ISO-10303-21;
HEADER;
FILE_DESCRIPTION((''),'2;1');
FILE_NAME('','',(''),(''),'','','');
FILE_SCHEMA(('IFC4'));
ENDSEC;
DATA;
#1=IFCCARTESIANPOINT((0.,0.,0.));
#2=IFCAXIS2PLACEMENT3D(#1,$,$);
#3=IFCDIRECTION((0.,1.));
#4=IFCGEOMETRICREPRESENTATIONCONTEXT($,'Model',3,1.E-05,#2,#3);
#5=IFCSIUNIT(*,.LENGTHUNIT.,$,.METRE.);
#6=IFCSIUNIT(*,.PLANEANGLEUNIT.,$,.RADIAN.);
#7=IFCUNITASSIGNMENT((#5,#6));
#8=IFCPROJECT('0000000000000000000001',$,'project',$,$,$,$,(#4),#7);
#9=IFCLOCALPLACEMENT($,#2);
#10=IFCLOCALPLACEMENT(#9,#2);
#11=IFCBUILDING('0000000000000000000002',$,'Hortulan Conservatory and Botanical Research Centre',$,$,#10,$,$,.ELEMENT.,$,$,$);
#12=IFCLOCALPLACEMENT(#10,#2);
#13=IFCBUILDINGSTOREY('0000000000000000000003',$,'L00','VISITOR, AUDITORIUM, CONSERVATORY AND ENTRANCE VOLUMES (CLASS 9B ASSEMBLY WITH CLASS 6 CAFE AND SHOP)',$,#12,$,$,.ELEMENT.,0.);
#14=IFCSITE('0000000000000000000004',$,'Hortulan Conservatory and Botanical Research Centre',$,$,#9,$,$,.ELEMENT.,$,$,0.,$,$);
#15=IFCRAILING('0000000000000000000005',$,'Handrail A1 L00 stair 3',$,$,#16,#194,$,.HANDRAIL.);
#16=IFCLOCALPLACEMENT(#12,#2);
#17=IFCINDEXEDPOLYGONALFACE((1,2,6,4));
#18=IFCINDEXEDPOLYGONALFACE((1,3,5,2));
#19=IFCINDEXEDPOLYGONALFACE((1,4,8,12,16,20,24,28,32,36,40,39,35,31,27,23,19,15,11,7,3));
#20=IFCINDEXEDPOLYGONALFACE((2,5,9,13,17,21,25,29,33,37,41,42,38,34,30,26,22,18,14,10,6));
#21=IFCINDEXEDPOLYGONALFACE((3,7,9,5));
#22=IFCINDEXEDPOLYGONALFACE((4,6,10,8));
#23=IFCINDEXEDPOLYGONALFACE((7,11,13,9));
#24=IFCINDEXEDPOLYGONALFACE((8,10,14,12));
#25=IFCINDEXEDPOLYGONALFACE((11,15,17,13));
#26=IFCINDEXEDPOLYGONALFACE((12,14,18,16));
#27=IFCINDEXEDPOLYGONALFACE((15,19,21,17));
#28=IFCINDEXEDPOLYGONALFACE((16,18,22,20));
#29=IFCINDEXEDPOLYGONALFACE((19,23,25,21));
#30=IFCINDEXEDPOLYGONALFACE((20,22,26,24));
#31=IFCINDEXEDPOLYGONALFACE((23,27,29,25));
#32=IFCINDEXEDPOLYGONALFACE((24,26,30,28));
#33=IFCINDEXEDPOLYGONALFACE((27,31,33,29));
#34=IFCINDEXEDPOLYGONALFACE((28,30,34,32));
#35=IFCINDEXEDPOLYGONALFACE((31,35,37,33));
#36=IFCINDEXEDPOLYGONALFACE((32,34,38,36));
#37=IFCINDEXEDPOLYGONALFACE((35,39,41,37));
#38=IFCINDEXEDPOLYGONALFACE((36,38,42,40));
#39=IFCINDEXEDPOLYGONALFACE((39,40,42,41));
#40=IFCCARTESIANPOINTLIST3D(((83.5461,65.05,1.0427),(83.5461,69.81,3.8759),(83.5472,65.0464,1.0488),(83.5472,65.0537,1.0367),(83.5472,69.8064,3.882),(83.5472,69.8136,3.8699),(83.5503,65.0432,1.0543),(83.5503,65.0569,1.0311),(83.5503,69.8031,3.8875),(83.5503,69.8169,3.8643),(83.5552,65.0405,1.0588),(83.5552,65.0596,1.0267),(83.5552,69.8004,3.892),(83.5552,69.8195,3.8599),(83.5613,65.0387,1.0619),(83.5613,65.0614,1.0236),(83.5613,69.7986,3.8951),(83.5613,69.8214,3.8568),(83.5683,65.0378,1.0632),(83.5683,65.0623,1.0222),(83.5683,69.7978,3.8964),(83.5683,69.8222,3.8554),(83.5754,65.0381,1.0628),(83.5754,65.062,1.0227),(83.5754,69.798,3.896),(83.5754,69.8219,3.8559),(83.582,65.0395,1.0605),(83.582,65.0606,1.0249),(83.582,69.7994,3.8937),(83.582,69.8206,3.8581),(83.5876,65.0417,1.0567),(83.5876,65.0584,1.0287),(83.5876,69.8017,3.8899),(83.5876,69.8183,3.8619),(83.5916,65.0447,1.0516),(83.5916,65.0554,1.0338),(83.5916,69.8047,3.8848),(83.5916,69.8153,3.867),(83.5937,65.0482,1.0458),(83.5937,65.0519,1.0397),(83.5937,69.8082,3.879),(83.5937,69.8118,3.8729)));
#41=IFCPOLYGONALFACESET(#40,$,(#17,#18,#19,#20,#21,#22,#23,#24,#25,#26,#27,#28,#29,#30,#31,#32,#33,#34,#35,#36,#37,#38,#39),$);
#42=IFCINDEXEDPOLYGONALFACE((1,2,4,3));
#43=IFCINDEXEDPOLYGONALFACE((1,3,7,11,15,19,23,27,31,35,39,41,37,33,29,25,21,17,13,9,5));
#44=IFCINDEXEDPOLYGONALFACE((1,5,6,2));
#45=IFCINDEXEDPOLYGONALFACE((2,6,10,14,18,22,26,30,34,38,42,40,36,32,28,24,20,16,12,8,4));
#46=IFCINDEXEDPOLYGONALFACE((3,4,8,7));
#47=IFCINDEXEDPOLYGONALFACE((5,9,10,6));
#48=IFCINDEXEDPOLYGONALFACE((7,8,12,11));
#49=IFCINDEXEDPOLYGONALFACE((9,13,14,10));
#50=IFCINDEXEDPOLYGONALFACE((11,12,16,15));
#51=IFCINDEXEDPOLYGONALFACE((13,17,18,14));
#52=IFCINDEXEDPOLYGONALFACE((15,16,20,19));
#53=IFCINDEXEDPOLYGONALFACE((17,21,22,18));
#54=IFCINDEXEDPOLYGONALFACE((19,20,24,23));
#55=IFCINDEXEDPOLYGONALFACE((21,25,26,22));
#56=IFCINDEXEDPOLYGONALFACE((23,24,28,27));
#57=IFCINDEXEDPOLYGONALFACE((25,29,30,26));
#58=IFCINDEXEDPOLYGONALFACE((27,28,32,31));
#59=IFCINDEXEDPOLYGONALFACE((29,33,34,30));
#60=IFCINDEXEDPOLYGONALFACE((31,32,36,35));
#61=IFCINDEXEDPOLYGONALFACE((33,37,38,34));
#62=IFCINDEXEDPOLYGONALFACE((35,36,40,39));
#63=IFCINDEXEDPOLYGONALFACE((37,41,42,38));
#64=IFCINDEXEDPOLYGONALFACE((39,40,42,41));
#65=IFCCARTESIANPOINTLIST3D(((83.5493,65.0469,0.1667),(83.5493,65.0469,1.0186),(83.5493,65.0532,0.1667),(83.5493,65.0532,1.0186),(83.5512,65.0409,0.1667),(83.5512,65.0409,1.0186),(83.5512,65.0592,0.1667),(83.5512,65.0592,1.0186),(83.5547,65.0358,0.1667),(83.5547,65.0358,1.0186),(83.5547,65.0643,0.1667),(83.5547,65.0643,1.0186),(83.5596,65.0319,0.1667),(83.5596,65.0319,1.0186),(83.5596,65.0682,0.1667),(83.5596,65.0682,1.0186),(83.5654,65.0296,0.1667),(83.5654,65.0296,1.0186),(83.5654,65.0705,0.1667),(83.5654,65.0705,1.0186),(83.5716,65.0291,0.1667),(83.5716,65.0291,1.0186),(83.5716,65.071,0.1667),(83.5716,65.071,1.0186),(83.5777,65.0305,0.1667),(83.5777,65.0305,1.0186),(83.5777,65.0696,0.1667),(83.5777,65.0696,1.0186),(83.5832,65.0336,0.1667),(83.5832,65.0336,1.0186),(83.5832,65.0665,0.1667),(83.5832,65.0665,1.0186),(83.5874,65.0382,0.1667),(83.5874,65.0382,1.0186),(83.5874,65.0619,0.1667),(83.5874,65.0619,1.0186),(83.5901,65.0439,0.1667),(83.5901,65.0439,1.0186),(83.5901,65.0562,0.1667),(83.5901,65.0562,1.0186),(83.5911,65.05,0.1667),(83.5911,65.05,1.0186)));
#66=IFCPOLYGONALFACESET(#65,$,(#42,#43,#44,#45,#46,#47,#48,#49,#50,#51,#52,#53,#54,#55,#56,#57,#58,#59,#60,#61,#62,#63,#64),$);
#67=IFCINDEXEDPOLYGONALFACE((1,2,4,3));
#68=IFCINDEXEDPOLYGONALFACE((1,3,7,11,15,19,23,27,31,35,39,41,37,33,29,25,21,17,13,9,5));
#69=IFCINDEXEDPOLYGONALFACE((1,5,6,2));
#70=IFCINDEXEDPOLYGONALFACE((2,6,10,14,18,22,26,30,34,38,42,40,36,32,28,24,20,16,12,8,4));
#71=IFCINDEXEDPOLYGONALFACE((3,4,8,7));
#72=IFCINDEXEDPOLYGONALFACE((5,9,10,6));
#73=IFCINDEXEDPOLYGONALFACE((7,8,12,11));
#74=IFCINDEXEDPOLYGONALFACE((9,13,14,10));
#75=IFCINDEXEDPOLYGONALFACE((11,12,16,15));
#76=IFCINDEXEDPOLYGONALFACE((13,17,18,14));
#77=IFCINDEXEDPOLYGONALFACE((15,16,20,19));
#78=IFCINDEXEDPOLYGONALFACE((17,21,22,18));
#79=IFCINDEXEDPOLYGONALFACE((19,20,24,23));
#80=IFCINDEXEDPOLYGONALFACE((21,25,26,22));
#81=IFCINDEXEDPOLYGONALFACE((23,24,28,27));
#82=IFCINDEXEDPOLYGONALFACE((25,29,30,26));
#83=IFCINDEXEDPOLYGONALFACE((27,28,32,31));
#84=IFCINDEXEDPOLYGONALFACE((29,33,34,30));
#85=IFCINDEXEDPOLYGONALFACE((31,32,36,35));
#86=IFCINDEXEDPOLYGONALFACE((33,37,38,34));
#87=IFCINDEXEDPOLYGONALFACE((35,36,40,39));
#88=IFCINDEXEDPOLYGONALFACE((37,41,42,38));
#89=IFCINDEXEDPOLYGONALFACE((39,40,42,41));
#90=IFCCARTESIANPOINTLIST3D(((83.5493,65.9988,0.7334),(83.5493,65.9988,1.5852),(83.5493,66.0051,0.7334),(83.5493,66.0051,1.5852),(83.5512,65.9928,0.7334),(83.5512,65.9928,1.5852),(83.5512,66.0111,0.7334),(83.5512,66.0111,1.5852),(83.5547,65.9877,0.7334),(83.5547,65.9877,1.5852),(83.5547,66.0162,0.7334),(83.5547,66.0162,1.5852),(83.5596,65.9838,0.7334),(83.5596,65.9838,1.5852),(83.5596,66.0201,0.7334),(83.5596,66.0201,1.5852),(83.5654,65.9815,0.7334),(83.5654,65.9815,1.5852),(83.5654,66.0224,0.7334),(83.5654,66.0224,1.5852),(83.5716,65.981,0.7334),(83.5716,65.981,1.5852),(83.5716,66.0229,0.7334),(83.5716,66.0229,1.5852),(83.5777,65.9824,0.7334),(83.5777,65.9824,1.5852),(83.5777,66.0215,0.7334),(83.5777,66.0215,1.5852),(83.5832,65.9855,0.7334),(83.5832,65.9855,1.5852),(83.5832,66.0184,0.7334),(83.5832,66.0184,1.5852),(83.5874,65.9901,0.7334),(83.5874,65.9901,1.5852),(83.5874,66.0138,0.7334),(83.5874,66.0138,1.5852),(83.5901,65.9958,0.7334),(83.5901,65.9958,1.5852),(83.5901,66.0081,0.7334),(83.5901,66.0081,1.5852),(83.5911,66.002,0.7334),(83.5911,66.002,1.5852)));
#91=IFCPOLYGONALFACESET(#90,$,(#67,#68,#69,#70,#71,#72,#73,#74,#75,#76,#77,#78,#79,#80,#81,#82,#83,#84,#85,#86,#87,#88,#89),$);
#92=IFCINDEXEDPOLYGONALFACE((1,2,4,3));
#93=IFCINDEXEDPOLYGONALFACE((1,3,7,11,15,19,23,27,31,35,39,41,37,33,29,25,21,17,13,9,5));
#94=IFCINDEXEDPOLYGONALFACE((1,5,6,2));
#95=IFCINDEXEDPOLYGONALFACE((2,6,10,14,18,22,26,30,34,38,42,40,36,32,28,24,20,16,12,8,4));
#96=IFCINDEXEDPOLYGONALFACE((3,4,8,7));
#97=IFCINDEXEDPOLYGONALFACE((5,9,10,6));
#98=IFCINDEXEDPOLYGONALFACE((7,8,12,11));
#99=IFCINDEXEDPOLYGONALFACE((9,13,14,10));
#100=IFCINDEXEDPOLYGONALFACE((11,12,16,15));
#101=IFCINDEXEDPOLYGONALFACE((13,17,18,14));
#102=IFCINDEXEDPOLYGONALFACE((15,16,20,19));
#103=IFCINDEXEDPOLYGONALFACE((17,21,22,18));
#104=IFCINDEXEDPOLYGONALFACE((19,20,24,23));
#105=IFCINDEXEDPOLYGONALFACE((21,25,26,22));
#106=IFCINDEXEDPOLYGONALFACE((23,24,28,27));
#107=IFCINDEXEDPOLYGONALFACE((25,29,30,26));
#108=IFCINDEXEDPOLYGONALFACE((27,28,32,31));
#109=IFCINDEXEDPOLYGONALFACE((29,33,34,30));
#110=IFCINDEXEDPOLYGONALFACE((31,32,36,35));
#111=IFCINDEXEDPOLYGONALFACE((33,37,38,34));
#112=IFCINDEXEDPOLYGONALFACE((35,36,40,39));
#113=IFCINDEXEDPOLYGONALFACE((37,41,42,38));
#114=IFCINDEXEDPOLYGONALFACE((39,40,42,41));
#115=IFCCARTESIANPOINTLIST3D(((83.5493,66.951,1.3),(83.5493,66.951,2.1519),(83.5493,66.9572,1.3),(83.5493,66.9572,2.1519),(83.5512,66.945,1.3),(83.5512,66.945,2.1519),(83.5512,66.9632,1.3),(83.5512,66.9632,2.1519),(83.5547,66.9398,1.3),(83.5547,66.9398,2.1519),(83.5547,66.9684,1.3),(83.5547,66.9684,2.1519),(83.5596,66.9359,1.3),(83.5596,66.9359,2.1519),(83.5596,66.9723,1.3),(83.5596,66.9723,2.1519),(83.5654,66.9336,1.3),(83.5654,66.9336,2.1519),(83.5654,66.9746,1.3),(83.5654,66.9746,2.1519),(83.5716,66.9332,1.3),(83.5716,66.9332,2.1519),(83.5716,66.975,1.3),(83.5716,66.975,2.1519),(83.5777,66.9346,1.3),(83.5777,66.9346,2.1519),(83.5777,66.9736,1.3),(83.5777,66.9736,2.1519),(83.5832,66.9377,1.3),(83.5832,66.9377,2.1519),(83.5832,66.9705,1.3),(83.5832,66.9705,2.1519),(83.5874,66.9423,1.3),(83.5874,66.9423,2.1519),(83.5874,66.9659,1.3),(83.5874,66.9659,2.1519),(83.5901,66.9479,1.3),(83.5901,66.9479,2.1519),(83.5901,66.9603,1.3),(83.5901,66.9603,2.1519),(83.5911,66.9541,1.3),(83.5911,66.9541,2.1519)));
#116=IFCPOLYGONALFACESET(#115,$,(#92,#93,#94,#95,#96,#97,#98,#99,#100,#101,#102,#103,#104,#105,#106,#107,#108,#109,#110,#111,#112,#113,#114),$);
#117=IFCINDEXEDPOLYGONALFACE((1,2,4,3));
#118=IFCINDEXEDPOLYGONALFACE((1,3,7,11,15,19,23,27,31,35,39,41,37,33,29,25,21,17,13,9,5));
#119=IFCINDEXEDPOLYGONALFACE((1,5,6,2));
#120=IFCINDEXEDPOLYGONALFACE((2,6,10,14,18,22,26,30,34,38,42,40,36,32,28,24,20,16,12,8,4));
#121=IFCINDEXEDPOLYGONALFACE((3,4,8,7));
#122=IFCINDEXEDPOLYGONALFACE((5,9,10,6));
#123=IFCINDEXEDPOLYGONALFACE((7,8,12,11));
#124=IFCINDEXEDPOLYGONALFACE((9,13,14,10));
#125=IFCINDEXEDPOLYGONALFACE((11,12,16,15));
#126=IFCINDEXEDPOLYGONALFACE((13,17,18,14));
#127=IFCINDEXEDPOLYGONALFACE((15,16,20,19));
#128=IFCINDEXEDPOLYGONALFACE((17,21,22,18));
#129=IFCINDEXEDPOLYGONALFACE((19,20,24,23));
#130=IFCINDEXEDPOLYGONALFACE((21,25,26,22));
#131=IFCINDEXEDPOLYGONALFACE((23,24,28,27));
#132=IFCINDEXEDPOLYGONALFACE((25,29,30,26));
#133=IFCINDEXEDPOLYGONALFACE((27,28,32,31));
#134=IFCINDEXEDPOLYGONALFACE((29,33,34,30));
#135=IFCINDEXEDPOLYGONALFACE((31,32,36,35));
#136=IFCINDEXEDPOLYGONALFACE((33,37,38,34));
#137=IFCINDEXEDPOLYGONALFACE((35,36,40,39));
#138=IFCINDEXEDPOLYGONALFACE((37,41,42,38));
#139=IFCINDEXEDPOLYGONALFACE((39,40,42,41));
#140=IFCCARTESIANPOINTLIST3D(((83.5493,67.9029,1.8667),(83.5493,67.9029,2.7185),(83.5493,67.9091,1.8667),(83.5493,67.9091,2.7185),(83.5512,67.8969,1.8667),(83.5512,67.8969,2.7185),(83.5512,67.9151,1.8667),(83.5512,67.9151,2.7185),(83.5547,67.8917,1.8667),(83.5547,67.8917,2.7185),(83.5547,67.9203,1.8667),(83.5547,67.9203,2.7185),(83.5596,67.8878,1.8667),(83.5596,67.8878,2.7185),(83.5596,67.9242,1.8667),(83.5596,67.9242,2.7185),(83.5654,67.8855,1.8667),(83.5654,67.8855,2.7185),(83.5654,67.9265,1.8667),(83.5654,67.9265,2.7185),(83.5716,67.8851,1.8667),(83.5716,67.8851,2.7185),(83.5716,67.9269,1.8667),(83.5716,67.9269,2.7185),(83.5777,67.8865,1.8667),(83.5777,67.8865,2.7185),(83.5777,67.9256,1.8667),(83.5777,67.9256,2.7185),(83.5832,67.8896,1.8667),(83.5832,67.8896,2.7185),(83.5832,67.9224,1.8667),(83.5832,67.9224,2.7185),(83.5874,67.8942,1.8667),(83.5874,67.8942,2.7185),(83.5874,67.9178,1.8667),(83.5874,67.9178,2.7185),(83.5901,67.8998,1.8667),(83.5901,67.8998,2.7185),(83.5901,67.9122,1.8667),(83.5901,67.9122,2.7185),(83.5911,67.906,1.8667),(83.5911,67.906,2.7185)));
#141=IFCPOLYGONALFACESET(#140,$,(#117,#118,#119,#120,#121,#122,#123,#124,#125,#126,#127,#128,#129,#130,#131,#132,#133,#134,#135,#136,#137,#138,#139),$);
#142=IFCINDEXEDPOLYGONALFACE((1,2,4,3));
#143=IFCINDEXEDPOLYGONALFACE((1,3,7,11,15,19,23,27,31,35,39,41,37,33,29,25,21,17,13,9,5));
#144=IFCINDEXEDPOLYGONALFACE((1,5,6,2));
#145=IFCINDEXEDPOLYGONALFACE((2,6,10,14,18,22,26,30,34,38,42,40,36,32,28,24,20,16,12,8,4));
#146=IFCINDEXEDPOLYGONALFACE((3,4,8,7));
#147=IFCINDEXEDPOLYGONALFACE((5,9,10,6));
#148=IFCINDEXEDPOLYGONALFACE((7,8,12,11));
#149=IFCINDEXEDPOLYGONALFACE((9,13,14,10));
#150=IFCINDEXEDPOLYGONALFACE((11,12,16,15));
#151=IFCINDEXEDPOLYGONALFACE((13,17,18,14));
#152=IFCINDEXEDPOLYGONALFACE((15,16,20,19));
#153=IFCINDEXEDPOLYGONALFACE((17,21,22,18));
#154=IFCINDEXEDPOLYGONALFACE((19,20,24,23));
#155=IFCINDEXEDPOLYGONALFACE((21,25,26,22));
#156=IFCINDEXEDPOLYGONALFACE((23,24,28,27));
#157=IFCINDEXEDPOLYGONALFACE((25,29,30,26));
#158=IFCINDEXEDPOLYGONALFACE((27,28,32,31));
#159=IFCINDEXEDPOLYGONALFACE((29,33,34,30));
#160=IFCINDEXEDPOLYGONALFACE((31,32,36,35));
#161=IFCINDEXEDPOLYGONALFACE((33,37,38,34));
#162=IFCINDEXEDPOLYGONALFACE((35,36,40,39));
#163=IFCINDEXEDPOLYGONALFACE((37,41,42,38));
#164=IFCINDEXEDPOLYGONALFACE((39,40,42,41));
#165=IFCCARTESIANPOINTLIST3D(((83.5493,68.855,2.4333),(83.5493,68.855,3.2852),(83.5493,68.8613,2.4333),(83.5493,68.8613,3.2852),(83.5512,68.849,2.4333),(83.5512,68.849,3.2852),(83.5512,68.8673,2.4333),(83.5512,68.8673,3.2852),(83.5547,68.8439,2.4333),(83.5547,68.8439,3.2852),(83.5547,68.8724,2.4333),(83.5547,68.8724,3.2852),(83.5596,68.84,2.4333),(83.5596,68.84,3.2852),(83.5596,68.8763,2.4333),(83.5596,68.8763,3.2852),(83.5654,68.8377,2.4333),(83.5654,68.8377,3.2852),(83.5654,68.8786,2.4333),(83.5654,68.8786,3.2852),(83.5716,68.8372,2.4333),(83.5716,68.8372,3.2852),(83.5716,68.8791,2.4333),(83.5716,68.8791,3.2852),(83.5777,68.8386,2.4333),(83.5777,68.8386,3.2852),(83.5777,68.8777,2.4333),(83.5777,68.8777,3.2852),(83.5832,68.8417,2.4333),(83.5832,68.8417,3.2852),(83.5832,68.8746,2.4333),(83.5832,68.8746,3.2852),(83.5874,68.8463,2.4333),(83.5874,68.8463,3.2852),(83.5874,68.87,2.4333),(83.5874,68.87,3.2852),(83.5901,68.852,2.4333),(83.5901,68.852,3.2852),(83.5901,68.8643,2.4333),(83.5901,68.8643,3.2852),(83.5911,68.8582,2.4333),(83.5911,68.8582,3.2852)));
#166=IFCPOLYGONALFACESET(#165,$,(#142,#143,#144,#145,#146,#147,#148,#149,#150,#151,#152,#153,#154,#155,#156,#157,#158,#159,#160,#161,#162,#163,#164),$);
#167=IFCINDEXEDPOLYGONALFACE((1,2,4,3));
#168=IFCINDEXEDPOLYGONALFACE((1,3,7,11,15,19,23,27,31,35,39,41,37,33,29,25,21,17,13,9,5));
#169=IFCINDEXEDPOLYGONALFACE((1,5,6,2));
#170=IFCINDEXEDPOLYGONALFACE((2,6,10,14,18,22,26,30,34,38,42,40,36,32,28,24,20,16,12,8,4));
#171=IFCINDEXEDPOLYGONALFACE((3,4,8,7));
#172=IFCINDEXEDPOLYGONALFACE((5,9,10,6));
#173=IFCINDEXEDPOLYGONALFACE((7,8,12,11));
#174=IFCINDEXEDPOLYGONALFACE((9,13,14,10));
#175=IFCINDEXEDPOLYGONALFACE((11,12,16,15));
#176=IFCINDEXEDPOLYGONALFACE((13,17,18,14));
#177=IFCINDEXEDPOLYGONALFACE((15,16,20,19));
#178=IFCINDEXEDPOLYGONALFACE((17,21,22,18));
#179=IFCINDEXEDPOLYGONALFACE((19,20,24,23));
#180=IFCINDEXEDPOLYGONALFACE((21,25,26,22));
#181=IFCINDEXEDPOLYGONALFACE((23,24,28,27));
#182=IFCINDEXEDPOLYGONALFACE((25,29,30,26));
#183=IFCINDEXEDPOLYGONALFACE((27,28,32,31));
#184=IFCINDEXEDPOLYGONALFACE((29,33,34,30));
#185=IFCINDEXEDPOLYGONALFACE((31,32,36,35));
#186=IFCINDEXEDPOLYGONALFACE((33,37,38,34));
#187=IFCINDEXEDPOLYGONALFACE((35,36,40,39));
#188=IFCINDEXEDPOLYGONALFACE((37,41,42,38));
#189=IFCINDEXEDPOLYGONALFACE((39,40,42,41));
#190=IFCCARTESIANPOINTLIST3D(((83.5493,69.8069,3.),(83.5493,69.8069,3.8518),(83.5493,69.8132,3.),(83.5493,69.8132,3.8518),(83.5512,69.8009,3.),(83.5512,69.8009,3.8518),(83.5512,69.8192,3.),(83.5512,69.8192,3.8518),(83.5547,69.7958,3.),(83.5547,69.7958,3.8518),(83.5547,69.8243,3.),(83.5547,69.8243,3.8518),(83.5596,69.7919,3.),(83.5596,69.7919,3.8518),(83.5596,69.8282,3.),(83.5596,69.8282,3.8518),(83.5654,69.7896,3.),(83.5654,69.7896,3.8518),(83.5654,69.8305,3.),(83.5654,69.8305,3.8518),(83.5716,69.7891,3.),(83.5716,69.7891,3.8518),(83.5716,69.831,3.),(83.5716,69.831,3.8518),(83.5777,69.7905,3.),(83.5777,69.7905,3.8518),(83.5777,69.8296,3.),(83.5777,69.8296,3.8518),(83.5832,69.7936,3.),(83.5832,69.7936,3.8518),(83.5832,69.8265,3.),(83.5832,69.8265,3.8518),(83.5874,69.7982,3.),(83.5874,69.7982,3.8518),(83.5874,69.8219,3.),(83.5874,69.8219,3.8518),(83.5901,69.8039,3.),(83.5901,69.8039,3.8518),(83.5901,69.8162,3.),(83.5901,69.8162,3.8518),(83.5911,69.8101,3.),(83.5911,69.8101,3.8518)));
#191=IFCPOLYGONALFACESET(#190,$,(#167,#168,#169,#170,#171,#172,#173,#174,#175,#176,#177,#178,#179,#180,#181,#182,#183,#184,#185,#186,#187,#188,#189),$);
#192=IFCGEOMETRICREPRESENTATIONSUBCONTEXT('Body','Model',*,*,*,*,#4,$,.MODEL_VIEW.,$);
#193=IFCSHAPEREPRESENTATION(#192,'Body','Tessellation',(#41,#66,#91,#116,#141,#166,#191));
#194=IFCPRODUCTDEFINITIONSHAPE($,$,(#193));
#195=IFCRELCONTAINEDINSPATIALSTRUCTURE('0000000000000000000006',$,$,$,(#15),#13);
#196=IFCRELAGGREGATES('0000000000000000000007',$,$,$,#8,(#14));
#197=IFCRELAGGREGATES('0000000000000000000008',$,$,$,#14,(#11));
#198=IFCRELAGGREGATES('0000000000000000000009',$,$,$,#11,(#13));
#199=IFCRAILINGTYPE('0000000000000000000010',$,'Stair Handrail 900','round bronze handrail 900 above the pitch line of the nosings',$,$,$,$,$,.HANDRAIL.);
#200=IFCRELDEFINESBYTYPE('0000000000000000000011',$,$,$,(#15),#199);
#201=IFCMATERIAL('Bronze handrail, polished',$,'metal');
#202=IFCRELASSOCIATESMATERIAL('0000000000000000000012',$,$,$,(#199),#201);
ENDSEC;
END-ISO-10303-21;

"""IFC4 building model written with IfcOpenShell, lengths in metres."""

from ifc_helpers import new_model, si_unit, direction, frame, origin, origin_2d, place, context, subcontext, project, spatial, circle, extrude, material, type_object, element, save


model = new_model("IFC4")

# Units and contexts
model_context = context("Model", 3, precision=1e-05, world=origin(), true_north=direction((0.0, 1.0)))
body_context = subcontext(model_context, "Body", "Model", "MODEL_VIEW")
ifc_project = project(units=[si_unit("LENGTHUNIT", "METRE"), si_unit("PLANEANGLEUNIT", "RADIAN")], contexts=[model_context])

# Site, building, storey
site_placement = place(None, origin())
site = spatial("IfcSite", under=ifc_project, at=site_placement, Name="Hortulan Conservatory and Botanical Research Centre", CompositionType="ELEMENT", RefElevation=0.0)
building_placement = place(site_placement, origin())
building = spatial("IfcBuilding", under=site, at=building_placement, Name="Hortulan Conservatory and Botanical Research Centre", CompositionType="ELEMENT")
storey_placement = place(building_placement, origin())
storey = spatial("IfcBuildingStorey", under=building, at=storey_placement, Name="L00", Description="VISITOR, AUDITORIUM, CONSERVATORY AND ENTRANCE VOLUMES (CLASS 9B ASSEMBLY WITH CLASS 6 CAFE AND SHOP)", CompositionType="ELEMENT", Elevation=0.0)

# Railing
ifc_material_1 = material(Name="Bronze handrail, polished", Category="metal")
railing_type_1 = type_object("IfcRailingType", Name="Stair Handrail 900", Description="round bronze handrail 900 above the pitch line of the nosings", PredefinedType="HANDRAIL", material=ifc_material_1)
for number, where, name in (
    (1, (83.5701, 65.05, 0.1667), "Handrail A1 L00 stair 3"),
):
    element("IfcRailing", number, at=place(storey_placement, frame(where)), inside=storey, type_object=railing_type_1, Name=name, PredefinedType="HANDRAIL", context=body_context, shape_type="SweptSolid", body=[
        extrude(circle(Radius=0.0239, at=origin_2d()), frame((0.0, 0.0, 0.876), z_axis=(0.0, 0.8593, 0.511472), x_axis=(-1.0, 0.0, 0.0)), (0.0, 0.0, 1.0), 5.5393),
        extrude(circle(Radius=0.021, at=origin_2d()), origin(), (0.0, 0.0, 1.0), 0.8518),
        extrude(circle(Radius=0.021, at=origin_2d()), frame((0.0, 0.9519, 0.5667)), (0.0, 0.0, 1.0), 0.8518),
        extrude(circle(Radius=0.021, at=origin_2d()), frame((0.0, 1.9041, 1.1333)), (0.0, 0.0, 1.0), 0.8518),
        extrude(circle(Radius=0.021, at=origin_2d()), frame((0.0, 2.856, 1.7)), (0.0, 0.0, 1.0), 0.8518),
        extrude(circle(Radius=0.021, at=origin_2d()), frame((0.0, 3.8081, 2.2666)), (0.0, 0.0, 1.0), 0.8518),
        extrude(circle(Radius=0.021, at=origin_2d()), frame((0.0, 4.76, 2.8333)), (0.0, 0.0, 1.0), 0.8518),
    ])

save(model, "model.ifc")
